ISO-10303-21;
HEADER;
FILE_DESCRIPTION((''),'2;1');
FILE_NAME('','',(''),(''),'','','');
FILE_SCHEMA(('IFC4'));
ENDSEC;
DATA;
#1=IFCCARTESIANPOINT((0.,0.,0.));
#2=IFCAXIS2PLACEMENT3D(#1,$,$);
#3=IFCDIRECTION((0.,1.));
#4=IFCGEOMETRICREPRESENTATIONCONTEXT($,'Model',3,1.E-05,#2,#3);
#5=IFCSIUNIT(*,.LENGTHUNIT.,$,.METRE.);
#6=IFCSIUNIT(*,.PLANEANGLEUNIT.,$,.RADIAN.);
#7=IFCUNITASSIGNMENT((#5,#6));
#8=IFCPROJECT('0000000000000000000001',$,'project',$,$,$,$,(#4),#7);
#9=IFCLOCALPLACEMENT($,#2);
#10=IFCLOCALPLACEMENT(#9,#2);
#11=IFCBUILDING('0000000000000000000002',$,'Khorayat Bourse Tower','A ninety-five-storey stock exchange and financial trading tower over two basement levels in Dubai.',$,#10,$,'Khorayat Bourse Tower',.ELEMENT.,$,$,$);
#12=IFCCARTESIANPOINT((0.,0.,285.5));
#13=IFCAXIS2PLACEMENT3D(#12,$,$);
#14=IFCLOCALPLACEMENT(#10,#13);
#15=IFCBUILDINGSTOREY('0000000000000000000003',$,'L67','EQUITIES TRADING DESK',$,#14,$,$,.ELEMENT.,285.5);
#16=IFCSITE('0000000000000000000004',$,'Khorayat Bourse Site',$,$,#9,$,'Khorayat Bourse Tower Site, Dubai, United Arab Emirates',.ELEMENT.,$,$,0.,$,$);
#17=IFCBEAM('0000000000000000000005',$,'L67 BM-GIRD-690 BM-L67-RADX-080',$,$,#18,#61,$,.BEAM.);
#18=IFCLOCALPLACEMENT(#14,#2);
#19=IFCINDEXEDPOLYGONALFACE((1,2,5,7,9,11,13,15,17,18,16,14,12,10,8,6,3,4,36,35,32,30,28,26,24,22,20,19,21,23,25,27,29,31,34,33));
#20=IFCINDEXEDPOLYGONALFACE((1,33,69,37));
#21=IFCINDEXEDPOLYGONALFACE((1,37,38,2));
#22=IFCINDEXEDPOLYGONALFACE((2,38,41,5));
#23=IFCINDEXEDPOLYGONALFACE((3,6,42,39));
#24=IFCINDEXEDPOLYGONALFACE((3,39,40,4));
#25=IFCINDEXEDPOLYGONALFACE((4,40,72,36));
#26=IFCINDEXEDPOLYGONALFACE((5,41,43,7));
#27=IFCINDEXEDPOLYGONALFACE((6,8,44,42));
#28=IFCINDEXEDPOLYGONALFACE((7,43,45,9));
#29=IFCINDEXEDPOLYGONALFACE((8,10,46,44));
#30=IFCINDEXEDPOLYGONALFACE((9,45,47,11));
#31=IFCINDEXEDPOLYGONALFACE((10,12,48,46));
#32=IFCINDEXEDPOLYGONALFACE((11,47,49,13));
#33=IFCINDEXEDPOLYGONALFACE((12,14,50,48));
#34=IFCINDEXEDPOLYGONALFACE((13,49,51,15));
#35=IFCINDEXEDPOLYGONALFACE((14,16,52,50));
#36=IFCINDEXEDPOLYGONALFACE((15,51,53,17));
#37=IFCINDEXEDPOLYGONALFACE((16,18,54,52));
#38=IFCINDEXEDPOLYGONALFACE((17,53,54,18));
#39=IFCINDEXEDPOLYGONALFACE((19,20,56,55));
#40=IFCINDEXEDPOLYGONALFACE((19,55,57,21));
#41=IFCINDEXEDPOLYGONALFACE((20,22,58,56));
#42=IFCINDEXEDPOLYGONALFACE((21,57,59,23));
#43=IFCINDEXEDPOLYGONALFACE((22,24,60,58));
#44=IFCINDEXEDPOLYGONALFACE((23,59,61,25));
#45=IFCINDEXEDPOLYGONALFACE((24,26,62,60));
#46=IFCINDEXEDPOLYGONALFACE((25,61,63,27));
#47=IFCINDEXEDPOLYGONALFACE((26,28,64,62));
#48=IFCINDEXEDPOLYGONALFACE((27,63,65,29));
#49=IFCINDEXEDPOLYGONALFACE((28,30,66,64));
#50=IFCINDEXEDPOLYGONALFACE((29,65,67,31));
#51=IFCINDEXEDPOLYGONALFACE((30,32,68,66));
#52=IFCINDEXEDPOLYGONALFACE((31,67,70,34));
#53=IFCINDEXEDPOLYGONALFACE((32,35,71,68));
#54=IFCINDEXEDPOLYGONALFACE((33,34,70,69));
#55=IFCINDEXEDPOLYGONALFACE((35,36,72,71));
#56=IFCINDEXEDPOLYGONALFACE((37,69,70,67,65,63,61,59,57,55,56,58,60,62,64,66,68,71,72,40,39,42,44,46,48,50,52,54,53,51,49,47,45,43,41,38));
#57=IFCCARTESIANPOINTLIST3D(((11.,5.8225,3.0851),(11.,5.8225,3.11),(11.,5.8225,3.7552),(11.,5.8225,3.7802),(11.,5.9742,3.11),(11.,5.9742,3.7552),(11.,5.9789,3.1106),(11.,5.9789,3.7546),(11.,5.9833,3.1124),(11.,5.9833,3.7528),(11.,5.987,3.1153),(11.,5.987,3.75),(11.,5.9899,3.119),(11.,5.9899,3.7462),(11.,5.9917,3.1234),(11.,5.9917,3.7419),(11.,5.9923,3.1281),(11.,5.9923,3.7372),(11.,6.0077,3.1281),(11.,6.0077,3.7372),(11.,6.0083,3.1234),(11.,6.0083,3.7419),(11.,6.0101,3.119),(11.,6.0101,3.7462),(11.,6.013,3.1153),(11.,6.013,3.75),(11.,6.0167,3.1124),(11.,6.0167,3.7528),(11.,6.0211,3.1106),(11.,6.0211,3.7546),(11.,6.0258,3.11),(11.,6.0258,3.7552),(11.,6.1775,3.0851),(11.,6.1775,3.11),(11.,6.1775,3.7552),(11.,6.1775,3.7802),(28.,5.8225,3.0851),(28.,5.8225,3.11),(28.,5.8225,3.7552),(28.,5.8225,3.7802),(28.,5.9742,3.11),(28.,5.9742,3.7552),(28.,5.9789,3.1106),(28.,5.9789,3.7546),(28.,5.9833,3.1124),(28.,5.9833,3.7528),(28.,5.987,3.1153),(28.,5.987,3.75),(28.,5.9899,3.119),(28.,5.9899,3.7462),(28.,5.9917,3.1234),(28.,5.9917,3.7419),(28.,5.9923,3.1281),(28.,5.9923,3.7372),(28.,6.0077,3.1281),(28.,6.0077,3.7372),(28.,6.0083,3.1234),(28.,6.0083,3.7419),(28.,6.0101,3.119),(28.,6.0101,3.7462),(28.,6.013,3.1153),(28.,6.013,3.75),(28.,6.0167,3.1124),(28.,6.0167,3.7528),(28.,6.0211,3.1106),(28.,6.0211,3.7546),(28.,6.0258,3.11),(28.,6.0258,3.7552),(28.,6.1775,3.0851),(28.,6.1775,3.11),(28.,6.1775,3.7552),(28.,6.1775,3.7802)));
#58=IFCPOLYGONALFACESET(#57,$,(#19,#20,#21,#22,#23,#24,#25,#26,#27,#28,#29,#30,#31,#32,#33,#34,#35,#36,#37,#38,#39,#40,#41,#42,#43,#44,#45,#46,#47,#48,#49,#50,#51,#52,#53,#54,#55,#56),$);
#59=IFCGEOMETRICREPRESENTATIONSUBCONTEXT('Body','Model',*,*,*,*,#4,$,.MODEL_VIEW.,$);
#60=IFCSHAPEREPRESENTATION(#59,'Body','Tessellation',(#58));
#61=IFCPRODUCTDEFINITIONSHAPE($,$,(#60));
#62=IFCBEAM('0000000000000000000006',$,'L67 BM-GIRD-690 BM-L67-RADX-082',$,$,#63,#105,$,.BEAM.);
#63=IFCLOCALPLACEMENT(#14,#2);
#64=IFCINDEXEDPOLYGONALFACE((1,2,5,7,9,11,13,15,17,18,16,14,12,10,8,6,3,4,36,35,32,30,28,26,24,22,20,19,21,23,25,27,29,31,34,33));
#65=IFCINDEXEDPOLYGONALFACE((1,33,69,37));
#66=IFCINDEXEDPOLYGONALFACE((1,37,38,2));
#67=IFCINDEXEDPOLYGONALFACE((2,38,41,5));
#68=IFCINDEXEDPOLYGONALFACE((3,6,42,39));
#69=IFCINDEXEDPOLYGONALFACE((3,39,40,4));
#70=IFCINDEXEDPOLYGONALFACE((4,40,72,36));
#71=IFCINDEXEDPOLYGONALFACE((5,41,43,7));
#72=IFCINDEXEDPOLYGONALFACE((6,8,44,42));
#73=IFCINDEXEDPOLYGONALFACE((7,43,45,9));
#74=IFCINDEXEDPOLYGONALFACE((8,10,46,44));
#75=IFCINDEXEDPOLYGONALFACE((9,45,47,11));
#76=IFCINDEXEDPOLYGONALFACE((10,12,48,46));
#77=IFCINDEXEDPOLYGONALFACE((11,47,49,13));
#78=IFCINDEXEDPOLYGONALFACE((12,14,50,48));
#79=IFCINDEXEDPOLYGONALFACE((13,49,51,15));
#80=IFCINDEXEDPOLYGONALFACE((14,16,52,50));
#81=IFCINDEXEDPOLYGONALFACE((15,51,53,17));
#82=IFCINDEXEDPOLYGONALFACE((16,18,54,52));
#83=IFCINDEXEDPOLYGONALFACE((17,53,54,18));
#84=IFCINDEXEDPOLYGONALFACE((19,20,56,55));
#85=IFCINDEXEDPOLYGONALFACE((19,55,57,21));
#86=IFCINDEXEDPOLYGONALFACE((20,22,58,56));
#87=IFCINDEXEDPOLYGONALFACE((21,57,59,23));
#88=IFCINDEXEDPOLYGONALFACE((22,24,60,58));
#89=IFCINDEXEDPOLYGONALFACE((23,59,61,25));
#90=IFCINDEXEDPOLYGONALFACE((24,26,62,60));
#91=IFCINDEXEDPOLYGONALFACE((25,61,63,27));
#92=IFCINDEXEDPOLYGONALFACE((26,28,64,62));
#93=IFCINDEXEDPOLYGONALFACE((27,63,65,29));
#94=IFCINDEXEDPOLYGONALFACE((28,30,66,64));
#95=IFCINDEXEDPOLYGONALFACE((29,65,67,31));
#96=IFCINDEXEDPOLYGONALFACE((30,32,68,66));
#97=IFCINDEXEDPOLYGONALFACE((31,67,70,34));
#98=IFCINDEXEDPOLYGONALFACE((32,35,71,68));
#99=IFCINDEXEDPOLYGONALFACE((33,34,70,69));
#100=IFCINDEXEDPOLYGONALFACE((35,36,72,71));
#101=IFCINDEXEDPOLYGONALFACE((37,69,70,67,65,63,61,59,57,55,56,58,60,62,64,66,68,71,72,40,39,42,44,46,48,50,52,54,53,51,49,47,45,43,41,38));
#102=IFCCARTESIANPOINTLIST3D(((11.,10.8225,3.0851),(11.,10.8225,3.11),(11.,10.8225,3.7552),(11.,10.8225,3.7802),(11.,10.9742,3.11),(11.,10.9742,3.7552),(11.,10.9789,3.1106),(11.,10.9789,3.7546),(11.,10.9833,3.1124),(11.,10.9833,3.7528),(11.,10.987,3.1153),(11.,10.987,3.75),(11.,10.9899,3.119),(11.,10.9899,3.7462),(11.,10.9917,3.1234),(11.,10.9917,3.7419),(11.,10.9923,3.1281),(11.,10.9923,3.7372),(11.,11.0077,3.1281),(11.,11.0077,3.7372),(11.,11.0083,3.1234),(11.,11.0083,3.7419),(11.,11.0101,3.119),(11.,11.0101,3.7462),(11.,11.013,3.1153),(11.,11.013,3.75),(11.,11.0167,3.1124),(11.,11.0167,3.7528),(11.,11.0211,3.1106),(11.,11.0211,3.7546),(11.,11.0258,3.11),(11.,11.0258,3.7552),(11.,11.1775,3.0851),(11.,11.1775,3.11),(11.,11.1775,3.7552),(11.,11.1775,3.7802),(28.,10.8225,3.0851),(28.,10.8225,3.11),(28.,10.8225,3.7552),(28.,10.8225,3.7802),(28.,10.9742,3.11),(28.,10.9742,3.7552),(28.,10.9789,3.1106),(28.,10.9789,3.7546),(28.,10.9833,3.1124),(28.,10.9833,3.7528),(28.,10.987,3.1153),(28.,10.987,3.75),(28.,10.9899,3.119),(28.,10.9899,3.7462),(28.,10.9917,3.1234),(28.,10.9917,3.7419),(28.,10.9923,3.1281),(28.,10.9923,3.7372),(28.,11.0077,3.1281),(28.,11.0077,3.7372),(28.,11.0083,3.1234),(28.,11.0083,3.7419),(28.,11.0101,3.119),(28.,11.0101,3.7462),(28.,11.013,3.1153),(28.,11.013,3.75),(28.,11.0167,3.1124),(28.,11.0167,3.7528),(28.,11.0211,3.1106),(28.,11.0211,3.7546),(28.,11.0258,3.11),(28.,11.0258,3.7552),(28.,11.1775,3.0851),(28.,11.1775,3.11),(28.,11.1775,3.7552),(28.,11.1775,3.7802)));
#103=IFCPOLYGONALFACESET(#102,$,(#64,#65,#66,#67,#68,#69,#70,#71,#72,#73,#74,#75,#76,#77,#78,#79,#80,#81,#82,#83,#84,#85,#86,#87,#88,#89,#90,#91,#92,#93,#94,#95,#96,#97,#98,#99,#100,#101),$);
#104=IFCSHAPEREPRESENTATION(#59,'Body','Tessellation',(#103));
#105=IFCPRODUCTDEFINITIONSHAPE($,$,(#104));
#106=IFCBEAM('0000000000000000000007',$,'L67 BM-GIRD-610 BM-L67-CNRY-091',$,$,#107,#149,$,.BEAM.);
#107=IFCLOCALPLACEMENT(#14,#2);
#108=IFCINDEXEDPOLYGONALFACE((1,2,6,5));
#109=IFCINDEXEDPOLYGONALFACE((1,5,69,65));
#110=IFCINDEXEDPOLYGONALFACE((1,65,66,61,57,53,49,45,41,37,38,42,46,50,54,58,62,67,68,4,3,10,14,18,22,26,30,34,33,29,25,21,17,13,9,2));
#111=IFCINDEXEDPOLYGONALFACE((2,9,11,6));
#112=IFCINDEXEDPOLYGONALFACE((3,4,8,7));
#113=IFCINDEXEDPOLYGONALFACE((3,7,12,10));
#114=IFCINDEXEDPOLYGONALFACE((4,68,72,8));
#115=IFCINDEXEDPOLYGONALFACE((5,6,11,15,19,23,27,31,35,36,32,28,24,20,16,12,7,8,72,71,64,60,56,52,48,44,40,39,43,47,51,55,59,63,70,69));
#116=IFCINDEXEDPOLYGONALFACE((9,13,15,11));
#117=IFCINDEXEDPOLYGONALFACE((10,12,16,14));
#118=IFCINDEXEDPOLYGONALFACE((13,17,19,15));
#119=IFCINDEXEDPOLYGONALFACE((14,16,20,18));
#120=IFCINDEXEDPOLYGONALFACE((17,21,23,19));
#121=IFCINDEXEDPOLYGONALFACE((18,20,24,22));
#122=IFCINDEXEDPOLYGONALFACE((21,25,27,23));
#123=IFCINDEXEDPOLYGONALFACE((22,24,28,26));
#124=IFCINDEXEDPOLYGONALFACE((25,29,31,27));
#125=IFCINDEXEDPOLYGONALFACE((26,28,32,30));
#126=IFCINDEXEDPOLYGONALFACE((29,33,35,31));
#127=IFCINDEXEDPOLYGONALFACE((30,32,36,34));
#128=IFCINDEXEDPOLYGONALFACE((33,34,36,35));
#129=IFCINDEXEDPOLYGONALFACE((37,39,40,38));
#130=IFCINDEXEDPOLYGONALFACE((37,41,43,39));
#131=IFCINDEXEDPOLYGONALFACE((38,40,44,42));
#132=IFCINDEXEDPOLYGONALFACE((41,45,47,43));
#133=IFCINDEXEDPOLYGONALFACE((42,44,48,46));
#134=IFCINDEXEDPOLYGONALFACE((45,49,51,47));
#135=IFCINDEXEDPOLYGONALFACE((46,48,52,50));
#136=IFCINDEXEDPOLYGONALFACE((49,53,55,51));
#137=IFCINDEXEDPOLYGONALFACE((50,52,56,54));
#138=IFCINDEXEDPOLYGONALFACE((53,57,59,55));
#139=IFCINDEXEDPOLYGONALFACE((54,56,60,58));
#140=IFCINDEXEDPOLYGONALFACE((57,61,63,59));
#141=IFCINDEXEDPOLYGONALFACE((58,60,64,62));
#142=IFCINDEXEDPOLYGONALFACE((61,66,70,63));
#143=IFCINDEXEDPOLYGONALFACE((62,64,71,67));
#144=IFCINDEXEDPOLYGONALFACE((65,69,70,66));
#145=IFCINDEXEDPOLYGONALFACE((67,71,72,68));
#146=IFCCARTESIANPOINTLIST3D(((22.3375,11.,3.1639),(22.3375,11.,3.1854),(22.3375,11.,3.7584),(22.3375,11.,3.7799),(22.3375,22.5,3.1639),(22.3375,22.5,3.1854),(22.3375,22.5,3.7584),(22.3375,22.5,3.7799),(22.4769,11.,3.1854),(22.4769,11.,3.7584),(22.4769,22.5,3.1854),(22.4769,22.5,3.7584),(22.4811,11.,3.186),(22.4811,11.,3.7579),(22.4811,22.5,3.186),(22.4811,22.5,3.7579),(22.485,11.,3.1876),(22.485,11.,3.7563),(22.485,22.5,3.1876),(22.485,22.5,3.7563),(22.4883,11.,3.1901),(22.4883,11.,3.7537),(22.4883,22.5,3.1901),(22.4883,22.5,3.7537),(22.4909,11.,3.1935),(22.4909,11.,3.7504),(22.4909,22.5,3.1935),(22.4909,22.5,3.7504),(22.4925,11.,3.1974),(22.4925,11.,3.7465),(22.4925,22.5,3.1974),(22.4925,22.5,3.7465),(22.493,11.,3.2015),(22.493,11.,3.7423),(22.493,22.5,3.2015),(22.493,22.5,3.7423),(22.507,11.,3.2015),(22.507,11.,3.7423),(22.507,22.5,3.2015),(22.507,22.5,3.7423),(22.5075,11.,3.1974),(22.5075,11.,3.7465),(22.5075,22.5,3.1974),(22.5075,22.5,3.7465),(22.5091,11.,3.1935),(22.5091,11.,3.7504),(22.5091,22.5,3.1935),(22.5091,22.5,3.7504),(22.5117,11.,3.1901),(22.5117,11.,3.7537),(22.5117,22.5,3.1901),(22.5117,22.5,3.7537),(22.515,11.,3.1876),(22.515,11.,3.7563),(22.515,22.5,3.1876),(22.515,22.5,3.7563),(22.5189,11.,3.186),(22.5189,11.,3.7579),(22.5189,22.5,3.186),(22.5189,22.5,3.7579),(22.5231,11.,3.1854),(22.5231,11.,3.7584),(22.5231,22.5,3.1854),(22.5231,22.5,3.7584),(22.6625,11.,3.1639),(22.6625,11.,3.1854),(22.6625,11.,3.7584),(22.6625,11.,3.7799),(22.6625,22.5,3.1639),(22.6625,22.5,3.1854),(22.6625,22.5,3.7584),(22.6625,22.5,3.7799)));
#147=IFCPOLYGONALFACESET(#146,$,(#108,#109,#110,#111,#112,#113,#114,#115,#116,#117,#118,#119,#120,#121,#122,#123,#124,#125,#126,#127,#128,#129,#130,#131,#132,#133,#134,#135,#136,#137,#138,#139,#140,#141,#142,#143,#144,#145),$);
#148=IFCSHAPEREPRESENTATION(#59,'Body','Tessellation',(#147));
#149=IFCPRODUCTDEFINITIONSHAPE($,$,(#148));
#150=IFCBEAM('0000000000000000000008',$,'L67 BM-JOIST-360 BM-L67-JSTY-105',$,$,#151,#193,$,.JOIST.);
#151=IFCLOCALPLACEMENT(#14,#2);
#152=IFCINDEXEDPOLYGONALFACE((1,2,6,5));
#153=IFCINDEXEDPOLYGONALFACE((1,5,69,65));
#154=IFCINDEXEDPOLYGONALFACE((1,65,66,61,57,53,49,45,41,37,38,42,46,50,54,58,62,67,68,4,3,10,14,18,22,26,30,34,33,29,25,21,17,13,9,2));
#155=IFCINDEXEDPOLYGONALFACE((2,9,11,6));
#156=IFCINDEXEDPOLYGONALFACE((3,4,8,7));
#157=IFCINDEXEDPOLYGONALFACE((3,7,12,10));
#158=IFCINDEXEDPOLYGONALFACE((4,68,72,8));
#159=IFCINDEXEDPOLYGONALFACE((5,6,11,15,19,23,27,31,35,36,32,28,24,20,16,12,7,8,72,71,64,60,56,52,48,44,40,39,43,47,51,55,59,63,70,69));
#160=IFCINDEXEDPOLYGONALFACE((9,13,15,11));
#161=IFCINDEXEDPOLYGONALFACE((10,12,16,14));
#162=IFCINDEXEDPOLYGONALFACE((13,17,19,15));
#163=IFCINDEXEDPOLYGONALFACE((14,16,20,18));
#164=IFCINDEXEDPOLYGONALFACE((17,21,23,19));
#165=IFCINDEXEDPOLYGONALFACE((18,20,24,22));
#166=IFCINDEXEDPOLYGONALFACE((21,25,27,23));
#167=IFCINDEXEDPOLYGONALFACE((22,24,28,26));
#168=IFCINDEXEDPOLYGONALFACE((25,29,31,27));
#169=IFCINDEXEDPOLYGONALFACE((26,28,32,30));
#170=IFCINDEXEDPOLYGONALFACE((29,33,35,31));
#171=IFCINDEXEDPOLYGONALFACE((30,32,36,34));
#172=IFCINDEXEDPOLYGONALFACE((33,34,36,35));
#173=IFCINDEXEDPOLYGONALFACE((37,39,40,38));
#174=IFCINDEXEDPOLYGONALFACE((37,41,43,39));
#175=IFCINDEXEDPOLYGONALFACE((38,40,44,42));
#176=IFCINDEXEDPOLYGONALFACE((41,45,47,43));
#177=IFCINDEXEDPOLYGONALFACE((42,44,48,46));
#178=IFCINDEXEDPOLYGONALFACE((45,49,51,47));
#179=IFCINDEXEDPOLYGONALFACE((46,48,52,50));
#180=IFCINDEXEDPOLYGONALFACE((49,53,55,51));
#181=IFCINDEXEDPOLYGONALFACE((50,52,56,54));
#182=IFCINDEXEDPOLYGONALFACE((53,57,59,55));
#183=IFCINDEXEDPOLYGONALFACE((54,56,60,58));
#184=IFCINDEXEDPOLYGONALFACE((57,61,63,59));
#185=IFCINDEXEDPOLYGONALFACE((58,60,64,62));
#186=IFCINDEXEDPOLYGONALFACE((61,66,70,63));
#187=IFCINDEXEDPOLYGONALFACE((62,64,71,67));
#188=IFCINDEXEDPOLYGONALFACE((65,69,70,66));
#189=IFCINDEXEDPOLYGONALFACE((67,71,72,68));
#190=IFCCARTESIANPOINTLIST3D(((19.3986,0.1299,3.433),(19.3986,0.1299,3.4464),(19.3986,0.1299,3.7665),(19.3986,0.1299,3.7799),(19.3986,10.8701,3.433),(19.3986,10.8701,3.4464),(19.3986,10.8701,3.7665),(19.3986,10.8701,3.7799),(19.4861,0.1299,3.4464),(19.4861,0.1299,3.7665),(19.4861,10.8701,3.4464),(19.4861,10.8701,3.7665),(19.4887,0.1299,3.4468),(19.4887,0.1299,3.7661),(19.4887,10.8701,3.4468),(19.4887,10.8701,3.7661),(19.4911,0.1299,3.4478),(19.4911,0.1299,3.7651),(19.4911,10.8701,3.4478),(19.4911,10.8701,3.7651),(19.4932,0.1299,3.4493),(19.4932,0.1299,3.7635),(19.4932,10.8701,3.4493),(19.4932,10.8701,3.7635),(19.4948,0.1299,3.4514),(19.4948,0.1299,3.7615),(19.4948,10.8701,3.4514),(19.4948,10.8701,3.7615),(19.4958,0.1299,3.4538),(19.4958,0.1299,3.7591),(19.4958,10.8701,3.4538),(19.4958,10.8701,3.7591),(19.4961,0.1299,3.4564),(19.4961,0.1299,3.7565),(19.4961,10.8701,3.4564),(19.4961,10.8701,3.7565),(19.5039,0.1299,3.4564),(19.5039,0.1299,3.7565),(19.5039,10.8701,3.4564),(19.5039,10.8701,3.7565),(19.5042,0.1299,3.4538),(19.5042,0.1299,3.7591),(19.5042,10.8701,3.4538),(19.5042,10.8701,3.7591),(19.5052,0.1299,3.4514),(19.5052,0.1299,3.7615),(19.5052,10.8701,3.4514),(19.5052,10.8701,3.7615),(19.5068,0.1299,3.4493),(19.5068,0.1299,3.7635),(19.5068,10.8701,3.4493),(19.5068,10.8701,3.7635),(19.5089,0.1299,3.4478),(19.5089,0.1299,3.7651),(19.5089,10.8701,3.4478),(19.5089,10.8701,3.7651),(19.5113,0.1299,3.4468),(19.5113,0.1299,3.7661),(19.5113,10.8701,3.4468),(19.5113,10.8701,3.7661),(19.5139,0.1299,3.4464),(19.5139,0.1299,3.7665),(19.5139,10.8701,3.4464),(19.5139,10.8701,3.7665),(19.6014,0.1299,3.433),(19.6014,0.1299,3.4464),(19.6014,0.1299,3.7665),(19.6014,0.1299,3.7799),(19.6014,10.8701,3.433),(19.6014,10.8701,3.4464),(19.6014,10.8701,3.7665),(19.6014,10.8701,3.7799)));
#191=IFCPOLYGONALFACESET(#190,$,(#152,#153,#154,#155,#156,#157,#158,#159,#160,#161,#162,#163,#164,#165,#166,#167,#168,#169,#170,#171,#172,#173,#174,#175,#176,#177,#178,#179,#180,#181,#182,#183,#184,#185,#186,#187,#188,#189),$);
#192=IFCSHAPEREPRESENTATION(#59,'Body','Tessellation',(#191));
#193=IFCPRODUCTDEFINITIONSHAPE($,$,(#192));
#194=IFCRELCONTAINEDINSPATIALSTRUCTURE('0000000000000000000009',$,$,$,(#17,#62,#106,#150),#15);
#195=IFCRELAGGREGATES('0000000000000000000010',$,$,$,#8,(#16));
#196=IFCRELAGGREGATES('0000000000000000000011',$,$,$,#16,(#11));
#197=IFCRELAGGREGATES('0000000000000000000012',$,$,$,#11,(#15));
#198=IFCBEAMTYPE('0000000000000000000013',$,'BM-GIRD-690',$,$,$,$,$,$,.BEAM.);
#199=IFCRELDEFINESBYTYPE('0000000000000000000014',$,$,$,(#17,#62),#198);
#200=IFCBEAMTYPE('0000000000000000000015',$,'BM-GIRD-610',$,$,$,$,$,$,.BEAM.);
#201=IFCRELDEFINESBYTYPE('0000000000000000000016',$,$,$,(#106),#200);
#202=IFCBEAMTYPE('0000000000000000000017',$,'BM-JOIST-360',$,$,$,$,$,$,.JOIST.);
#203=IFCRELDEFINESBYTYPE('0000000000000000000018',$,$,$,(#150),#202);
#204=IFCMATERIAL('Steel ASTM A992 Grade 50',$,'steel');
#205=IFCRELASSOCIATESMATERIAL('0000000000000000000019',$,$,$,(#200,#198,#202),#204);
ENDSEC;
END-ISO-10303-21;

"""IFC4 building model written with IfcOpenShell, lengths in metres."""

from ifc_helpers import new_model, si_unit, direction, frame, origin, origin_2d, place, context, subcontext, project, spatial, i_section, extrude, source, transform, mapped, material, material_profile, profile_set, type_object, element, save


model = new_model("IFC4")

# Units and contexts
model_context = context("Model", 3, precision=1e-05, world=origin(), true_north=direction((0.0, 1.0)))
body_context = subcontext(model_context, "Body", "Model", "MODEL_VIEW")
ifc_project = project(units=[si_unit("LENGTHUNIT", "METRE"), si_unit("PLANEANGLEUNIT", "RADIAN")], contexts=[model_context])

# Site, building, storey
site_placement = place(None, origin())
site = spatial("IfcSite", under=ifc_project, at=site_placement, Name="Khorayat Bourse Site", LongName="Khorayat Bourse Tower Site, Dubai, United Arab Emirates", CompositionType="ELEMENT", RefElevation=0.0)
building_placement = place(site_placement, origin())
building = spatial("IfcBuilding", under=site, at=building_placement, Name="Khorayat Bourse Tower", Description="A ninety-five-storey stock exchange and financial trading tower over two basement levels in Dubai.", LongName="Khorayat Bourse Tower", CompositionType="ELEMENT")
storey_placement = place(building_placement, frame((0.0, 0.0, 285.5)))
storey = spatial("IfcBuildingStorey", under=building, at=storey_placement, Name="L67", Description="EQUITIES TRADING DESK", CompositionType="ELEMENT", Elevation=285.5)

# Shared definitions
ifc_material_1 = material(Name="Steel ASTM A992 Grade 50", Category="steel")
ifc_material_profile_1 = material_profile(ifc_material_1, i_section(OverallWidth=0.325, OverallDepth=0.616, WebThickness=0.0139, FlangeThickness=0.0215, FilletRadius=0.0161, at=origin_2d()), Name="W610X174")
ifc_profile_set_1 = profile_set([ifc_material_profile_1], Name="Steel ASTM A992 Grade 50")
beam_type_1 = type_object("IfcBeamType", Name="BM-GIRD-610", PredefinedType="BEAM", material=ifc_profile_set_1)

# Beams
ifc_material_profile_2 = material_profile(ifc_material_1, i_section(OverallWidth=0.355, OverallDepth=0.6951, WebThickness=0.0154, FlangeThickness=0.0249, FilletRadius=0.0181, at=origin_2d()), Name="W690X217")
ifc_profile_set_2 = profile_set([ifc_material_profile_2], Name="Steel ASTM A992 Grade 50")
beam_type_2 = type_object("IfcBeamType", Name="BM-GIRD-690", PredefinedType="BEAM", material=ifc_profile_set_2)
shared_shape_1 = source(origin(), body_context, "Body", "SweptSolid", [
    extrude(i_section(OverallWidth=0.355, OverallDepth=0.6951, WebThickness=0.0154, FlangeThickness=0.0249, FilletRadius=0.0181, at=origin_2d()), origin(), (0.0, 0.0, 1.0), 17.0),
])
for number, where, z_axis, x_axis, name in (
    (1, (11.0, 6.0, 3.4326), (1.0, 0.0, 0.0), (0.0, 1.0, 0.0), "L67 BM-GIRD-690 BM-L67-RADX-080"),
    (2, (11.0, 11.0, 3.4326), (1.0, 0.0, 0.0), (0.0, 1.0, 0.0), "L67 BM-GIRD-690 BM-L67-RADX-082"),
):
    element("IfcBeam", number, at=place(storey_placement, frame(where, z_axis=z_axis, x_axis=x_axis)), inside=storey, type_object=beam_type_2, Name=name, PredefinedType="BEAM", context=body_context, shape_type="MappedRepresentation", body=[
        mapped(shared_shape_1, transform((0.0, 0.0, 0.0), scale=1.0)),
    ])
shared_shape_2 = source(origin(), body_context, "Body", "SweptSolid", [
    extrude(i_section(OverallWidth=0.325, OverallDepth=0.616, WebThickness=0.0139, FlangeThickness=0.0215, FilletRadius=0.0161, at=origin_2d()), origin(), (0.0, 0.0, 1.0), 11.5),
])
beam_1_placement = place(storey_placement, frame((22.5, 11.0, 3.4719), z_axis=(0.0, 1.0, 0.0), x_axis=(-1.0, 0.0, 0.0)))
element("IfcBeam", 3, at=beam_1_placement, inside=storey, type_object=beam_type_1, Name="L67 BM-GIRD-610 BM-L67-CNRY-091", PredefinedType="BEAM", context=body_context, shape_type="MappedRepresentation", body=[
    mapped(shared_shape_2, transform((0.0, 0.0, 0.0), scale=1.0)),
])
ifc_material_profile_3 = material_profile(ifc_material_1, i_section(OverallWidth=0.2029, OverallDepth=0.3469, WebThickness=0.0078, FlangeThickness=0.0134, FilletRadius=0.01, at=origin_2d()), Name="W360X64")
ifc_profile_set_3 = profile_set([ifc_material_profile_3], Name="Steel ASTM A992 Grade 50")
beam_type_3 = type_object("IfcBeamType", Name="BM-JOIST-360", PredefinedType="JOIST", material=ifc_profile_set_3)
shared_shape_3 = source(origin(), body_context, "Body", "SweptSolid", [
    extrude(i_section(OverallWidth=0.2029, OverallDepth=0.3469, WebThickness=0.0078, FlangeThickness=0.0134, FilletRadius=0.01, at=origin_2d()), origin(), (0.0, 0.0, 1.0), 10.7402),
])
beam_2_placement = place(storey_placement, frame((19.5, 0.1299, 3.6064), z_axis=(0.0, 1.0, 0.0), x_axis=(-1.0, 0.0, 0.0)))
element("IfcBeam", 4, at=beam_2_placement, inside=storey, type_object=beam_type_3, Name="L67 BM-JOIST-360 BM-L67-JSTY-105", PredefinedType="JOIST", context=body_context, shape_type="MappedRepresentation", body=[
    mapped(shared_shape_3, transform((0.0, 0.0, 0.0), scale=1.0)),
])

save(model, "model.ifc")
